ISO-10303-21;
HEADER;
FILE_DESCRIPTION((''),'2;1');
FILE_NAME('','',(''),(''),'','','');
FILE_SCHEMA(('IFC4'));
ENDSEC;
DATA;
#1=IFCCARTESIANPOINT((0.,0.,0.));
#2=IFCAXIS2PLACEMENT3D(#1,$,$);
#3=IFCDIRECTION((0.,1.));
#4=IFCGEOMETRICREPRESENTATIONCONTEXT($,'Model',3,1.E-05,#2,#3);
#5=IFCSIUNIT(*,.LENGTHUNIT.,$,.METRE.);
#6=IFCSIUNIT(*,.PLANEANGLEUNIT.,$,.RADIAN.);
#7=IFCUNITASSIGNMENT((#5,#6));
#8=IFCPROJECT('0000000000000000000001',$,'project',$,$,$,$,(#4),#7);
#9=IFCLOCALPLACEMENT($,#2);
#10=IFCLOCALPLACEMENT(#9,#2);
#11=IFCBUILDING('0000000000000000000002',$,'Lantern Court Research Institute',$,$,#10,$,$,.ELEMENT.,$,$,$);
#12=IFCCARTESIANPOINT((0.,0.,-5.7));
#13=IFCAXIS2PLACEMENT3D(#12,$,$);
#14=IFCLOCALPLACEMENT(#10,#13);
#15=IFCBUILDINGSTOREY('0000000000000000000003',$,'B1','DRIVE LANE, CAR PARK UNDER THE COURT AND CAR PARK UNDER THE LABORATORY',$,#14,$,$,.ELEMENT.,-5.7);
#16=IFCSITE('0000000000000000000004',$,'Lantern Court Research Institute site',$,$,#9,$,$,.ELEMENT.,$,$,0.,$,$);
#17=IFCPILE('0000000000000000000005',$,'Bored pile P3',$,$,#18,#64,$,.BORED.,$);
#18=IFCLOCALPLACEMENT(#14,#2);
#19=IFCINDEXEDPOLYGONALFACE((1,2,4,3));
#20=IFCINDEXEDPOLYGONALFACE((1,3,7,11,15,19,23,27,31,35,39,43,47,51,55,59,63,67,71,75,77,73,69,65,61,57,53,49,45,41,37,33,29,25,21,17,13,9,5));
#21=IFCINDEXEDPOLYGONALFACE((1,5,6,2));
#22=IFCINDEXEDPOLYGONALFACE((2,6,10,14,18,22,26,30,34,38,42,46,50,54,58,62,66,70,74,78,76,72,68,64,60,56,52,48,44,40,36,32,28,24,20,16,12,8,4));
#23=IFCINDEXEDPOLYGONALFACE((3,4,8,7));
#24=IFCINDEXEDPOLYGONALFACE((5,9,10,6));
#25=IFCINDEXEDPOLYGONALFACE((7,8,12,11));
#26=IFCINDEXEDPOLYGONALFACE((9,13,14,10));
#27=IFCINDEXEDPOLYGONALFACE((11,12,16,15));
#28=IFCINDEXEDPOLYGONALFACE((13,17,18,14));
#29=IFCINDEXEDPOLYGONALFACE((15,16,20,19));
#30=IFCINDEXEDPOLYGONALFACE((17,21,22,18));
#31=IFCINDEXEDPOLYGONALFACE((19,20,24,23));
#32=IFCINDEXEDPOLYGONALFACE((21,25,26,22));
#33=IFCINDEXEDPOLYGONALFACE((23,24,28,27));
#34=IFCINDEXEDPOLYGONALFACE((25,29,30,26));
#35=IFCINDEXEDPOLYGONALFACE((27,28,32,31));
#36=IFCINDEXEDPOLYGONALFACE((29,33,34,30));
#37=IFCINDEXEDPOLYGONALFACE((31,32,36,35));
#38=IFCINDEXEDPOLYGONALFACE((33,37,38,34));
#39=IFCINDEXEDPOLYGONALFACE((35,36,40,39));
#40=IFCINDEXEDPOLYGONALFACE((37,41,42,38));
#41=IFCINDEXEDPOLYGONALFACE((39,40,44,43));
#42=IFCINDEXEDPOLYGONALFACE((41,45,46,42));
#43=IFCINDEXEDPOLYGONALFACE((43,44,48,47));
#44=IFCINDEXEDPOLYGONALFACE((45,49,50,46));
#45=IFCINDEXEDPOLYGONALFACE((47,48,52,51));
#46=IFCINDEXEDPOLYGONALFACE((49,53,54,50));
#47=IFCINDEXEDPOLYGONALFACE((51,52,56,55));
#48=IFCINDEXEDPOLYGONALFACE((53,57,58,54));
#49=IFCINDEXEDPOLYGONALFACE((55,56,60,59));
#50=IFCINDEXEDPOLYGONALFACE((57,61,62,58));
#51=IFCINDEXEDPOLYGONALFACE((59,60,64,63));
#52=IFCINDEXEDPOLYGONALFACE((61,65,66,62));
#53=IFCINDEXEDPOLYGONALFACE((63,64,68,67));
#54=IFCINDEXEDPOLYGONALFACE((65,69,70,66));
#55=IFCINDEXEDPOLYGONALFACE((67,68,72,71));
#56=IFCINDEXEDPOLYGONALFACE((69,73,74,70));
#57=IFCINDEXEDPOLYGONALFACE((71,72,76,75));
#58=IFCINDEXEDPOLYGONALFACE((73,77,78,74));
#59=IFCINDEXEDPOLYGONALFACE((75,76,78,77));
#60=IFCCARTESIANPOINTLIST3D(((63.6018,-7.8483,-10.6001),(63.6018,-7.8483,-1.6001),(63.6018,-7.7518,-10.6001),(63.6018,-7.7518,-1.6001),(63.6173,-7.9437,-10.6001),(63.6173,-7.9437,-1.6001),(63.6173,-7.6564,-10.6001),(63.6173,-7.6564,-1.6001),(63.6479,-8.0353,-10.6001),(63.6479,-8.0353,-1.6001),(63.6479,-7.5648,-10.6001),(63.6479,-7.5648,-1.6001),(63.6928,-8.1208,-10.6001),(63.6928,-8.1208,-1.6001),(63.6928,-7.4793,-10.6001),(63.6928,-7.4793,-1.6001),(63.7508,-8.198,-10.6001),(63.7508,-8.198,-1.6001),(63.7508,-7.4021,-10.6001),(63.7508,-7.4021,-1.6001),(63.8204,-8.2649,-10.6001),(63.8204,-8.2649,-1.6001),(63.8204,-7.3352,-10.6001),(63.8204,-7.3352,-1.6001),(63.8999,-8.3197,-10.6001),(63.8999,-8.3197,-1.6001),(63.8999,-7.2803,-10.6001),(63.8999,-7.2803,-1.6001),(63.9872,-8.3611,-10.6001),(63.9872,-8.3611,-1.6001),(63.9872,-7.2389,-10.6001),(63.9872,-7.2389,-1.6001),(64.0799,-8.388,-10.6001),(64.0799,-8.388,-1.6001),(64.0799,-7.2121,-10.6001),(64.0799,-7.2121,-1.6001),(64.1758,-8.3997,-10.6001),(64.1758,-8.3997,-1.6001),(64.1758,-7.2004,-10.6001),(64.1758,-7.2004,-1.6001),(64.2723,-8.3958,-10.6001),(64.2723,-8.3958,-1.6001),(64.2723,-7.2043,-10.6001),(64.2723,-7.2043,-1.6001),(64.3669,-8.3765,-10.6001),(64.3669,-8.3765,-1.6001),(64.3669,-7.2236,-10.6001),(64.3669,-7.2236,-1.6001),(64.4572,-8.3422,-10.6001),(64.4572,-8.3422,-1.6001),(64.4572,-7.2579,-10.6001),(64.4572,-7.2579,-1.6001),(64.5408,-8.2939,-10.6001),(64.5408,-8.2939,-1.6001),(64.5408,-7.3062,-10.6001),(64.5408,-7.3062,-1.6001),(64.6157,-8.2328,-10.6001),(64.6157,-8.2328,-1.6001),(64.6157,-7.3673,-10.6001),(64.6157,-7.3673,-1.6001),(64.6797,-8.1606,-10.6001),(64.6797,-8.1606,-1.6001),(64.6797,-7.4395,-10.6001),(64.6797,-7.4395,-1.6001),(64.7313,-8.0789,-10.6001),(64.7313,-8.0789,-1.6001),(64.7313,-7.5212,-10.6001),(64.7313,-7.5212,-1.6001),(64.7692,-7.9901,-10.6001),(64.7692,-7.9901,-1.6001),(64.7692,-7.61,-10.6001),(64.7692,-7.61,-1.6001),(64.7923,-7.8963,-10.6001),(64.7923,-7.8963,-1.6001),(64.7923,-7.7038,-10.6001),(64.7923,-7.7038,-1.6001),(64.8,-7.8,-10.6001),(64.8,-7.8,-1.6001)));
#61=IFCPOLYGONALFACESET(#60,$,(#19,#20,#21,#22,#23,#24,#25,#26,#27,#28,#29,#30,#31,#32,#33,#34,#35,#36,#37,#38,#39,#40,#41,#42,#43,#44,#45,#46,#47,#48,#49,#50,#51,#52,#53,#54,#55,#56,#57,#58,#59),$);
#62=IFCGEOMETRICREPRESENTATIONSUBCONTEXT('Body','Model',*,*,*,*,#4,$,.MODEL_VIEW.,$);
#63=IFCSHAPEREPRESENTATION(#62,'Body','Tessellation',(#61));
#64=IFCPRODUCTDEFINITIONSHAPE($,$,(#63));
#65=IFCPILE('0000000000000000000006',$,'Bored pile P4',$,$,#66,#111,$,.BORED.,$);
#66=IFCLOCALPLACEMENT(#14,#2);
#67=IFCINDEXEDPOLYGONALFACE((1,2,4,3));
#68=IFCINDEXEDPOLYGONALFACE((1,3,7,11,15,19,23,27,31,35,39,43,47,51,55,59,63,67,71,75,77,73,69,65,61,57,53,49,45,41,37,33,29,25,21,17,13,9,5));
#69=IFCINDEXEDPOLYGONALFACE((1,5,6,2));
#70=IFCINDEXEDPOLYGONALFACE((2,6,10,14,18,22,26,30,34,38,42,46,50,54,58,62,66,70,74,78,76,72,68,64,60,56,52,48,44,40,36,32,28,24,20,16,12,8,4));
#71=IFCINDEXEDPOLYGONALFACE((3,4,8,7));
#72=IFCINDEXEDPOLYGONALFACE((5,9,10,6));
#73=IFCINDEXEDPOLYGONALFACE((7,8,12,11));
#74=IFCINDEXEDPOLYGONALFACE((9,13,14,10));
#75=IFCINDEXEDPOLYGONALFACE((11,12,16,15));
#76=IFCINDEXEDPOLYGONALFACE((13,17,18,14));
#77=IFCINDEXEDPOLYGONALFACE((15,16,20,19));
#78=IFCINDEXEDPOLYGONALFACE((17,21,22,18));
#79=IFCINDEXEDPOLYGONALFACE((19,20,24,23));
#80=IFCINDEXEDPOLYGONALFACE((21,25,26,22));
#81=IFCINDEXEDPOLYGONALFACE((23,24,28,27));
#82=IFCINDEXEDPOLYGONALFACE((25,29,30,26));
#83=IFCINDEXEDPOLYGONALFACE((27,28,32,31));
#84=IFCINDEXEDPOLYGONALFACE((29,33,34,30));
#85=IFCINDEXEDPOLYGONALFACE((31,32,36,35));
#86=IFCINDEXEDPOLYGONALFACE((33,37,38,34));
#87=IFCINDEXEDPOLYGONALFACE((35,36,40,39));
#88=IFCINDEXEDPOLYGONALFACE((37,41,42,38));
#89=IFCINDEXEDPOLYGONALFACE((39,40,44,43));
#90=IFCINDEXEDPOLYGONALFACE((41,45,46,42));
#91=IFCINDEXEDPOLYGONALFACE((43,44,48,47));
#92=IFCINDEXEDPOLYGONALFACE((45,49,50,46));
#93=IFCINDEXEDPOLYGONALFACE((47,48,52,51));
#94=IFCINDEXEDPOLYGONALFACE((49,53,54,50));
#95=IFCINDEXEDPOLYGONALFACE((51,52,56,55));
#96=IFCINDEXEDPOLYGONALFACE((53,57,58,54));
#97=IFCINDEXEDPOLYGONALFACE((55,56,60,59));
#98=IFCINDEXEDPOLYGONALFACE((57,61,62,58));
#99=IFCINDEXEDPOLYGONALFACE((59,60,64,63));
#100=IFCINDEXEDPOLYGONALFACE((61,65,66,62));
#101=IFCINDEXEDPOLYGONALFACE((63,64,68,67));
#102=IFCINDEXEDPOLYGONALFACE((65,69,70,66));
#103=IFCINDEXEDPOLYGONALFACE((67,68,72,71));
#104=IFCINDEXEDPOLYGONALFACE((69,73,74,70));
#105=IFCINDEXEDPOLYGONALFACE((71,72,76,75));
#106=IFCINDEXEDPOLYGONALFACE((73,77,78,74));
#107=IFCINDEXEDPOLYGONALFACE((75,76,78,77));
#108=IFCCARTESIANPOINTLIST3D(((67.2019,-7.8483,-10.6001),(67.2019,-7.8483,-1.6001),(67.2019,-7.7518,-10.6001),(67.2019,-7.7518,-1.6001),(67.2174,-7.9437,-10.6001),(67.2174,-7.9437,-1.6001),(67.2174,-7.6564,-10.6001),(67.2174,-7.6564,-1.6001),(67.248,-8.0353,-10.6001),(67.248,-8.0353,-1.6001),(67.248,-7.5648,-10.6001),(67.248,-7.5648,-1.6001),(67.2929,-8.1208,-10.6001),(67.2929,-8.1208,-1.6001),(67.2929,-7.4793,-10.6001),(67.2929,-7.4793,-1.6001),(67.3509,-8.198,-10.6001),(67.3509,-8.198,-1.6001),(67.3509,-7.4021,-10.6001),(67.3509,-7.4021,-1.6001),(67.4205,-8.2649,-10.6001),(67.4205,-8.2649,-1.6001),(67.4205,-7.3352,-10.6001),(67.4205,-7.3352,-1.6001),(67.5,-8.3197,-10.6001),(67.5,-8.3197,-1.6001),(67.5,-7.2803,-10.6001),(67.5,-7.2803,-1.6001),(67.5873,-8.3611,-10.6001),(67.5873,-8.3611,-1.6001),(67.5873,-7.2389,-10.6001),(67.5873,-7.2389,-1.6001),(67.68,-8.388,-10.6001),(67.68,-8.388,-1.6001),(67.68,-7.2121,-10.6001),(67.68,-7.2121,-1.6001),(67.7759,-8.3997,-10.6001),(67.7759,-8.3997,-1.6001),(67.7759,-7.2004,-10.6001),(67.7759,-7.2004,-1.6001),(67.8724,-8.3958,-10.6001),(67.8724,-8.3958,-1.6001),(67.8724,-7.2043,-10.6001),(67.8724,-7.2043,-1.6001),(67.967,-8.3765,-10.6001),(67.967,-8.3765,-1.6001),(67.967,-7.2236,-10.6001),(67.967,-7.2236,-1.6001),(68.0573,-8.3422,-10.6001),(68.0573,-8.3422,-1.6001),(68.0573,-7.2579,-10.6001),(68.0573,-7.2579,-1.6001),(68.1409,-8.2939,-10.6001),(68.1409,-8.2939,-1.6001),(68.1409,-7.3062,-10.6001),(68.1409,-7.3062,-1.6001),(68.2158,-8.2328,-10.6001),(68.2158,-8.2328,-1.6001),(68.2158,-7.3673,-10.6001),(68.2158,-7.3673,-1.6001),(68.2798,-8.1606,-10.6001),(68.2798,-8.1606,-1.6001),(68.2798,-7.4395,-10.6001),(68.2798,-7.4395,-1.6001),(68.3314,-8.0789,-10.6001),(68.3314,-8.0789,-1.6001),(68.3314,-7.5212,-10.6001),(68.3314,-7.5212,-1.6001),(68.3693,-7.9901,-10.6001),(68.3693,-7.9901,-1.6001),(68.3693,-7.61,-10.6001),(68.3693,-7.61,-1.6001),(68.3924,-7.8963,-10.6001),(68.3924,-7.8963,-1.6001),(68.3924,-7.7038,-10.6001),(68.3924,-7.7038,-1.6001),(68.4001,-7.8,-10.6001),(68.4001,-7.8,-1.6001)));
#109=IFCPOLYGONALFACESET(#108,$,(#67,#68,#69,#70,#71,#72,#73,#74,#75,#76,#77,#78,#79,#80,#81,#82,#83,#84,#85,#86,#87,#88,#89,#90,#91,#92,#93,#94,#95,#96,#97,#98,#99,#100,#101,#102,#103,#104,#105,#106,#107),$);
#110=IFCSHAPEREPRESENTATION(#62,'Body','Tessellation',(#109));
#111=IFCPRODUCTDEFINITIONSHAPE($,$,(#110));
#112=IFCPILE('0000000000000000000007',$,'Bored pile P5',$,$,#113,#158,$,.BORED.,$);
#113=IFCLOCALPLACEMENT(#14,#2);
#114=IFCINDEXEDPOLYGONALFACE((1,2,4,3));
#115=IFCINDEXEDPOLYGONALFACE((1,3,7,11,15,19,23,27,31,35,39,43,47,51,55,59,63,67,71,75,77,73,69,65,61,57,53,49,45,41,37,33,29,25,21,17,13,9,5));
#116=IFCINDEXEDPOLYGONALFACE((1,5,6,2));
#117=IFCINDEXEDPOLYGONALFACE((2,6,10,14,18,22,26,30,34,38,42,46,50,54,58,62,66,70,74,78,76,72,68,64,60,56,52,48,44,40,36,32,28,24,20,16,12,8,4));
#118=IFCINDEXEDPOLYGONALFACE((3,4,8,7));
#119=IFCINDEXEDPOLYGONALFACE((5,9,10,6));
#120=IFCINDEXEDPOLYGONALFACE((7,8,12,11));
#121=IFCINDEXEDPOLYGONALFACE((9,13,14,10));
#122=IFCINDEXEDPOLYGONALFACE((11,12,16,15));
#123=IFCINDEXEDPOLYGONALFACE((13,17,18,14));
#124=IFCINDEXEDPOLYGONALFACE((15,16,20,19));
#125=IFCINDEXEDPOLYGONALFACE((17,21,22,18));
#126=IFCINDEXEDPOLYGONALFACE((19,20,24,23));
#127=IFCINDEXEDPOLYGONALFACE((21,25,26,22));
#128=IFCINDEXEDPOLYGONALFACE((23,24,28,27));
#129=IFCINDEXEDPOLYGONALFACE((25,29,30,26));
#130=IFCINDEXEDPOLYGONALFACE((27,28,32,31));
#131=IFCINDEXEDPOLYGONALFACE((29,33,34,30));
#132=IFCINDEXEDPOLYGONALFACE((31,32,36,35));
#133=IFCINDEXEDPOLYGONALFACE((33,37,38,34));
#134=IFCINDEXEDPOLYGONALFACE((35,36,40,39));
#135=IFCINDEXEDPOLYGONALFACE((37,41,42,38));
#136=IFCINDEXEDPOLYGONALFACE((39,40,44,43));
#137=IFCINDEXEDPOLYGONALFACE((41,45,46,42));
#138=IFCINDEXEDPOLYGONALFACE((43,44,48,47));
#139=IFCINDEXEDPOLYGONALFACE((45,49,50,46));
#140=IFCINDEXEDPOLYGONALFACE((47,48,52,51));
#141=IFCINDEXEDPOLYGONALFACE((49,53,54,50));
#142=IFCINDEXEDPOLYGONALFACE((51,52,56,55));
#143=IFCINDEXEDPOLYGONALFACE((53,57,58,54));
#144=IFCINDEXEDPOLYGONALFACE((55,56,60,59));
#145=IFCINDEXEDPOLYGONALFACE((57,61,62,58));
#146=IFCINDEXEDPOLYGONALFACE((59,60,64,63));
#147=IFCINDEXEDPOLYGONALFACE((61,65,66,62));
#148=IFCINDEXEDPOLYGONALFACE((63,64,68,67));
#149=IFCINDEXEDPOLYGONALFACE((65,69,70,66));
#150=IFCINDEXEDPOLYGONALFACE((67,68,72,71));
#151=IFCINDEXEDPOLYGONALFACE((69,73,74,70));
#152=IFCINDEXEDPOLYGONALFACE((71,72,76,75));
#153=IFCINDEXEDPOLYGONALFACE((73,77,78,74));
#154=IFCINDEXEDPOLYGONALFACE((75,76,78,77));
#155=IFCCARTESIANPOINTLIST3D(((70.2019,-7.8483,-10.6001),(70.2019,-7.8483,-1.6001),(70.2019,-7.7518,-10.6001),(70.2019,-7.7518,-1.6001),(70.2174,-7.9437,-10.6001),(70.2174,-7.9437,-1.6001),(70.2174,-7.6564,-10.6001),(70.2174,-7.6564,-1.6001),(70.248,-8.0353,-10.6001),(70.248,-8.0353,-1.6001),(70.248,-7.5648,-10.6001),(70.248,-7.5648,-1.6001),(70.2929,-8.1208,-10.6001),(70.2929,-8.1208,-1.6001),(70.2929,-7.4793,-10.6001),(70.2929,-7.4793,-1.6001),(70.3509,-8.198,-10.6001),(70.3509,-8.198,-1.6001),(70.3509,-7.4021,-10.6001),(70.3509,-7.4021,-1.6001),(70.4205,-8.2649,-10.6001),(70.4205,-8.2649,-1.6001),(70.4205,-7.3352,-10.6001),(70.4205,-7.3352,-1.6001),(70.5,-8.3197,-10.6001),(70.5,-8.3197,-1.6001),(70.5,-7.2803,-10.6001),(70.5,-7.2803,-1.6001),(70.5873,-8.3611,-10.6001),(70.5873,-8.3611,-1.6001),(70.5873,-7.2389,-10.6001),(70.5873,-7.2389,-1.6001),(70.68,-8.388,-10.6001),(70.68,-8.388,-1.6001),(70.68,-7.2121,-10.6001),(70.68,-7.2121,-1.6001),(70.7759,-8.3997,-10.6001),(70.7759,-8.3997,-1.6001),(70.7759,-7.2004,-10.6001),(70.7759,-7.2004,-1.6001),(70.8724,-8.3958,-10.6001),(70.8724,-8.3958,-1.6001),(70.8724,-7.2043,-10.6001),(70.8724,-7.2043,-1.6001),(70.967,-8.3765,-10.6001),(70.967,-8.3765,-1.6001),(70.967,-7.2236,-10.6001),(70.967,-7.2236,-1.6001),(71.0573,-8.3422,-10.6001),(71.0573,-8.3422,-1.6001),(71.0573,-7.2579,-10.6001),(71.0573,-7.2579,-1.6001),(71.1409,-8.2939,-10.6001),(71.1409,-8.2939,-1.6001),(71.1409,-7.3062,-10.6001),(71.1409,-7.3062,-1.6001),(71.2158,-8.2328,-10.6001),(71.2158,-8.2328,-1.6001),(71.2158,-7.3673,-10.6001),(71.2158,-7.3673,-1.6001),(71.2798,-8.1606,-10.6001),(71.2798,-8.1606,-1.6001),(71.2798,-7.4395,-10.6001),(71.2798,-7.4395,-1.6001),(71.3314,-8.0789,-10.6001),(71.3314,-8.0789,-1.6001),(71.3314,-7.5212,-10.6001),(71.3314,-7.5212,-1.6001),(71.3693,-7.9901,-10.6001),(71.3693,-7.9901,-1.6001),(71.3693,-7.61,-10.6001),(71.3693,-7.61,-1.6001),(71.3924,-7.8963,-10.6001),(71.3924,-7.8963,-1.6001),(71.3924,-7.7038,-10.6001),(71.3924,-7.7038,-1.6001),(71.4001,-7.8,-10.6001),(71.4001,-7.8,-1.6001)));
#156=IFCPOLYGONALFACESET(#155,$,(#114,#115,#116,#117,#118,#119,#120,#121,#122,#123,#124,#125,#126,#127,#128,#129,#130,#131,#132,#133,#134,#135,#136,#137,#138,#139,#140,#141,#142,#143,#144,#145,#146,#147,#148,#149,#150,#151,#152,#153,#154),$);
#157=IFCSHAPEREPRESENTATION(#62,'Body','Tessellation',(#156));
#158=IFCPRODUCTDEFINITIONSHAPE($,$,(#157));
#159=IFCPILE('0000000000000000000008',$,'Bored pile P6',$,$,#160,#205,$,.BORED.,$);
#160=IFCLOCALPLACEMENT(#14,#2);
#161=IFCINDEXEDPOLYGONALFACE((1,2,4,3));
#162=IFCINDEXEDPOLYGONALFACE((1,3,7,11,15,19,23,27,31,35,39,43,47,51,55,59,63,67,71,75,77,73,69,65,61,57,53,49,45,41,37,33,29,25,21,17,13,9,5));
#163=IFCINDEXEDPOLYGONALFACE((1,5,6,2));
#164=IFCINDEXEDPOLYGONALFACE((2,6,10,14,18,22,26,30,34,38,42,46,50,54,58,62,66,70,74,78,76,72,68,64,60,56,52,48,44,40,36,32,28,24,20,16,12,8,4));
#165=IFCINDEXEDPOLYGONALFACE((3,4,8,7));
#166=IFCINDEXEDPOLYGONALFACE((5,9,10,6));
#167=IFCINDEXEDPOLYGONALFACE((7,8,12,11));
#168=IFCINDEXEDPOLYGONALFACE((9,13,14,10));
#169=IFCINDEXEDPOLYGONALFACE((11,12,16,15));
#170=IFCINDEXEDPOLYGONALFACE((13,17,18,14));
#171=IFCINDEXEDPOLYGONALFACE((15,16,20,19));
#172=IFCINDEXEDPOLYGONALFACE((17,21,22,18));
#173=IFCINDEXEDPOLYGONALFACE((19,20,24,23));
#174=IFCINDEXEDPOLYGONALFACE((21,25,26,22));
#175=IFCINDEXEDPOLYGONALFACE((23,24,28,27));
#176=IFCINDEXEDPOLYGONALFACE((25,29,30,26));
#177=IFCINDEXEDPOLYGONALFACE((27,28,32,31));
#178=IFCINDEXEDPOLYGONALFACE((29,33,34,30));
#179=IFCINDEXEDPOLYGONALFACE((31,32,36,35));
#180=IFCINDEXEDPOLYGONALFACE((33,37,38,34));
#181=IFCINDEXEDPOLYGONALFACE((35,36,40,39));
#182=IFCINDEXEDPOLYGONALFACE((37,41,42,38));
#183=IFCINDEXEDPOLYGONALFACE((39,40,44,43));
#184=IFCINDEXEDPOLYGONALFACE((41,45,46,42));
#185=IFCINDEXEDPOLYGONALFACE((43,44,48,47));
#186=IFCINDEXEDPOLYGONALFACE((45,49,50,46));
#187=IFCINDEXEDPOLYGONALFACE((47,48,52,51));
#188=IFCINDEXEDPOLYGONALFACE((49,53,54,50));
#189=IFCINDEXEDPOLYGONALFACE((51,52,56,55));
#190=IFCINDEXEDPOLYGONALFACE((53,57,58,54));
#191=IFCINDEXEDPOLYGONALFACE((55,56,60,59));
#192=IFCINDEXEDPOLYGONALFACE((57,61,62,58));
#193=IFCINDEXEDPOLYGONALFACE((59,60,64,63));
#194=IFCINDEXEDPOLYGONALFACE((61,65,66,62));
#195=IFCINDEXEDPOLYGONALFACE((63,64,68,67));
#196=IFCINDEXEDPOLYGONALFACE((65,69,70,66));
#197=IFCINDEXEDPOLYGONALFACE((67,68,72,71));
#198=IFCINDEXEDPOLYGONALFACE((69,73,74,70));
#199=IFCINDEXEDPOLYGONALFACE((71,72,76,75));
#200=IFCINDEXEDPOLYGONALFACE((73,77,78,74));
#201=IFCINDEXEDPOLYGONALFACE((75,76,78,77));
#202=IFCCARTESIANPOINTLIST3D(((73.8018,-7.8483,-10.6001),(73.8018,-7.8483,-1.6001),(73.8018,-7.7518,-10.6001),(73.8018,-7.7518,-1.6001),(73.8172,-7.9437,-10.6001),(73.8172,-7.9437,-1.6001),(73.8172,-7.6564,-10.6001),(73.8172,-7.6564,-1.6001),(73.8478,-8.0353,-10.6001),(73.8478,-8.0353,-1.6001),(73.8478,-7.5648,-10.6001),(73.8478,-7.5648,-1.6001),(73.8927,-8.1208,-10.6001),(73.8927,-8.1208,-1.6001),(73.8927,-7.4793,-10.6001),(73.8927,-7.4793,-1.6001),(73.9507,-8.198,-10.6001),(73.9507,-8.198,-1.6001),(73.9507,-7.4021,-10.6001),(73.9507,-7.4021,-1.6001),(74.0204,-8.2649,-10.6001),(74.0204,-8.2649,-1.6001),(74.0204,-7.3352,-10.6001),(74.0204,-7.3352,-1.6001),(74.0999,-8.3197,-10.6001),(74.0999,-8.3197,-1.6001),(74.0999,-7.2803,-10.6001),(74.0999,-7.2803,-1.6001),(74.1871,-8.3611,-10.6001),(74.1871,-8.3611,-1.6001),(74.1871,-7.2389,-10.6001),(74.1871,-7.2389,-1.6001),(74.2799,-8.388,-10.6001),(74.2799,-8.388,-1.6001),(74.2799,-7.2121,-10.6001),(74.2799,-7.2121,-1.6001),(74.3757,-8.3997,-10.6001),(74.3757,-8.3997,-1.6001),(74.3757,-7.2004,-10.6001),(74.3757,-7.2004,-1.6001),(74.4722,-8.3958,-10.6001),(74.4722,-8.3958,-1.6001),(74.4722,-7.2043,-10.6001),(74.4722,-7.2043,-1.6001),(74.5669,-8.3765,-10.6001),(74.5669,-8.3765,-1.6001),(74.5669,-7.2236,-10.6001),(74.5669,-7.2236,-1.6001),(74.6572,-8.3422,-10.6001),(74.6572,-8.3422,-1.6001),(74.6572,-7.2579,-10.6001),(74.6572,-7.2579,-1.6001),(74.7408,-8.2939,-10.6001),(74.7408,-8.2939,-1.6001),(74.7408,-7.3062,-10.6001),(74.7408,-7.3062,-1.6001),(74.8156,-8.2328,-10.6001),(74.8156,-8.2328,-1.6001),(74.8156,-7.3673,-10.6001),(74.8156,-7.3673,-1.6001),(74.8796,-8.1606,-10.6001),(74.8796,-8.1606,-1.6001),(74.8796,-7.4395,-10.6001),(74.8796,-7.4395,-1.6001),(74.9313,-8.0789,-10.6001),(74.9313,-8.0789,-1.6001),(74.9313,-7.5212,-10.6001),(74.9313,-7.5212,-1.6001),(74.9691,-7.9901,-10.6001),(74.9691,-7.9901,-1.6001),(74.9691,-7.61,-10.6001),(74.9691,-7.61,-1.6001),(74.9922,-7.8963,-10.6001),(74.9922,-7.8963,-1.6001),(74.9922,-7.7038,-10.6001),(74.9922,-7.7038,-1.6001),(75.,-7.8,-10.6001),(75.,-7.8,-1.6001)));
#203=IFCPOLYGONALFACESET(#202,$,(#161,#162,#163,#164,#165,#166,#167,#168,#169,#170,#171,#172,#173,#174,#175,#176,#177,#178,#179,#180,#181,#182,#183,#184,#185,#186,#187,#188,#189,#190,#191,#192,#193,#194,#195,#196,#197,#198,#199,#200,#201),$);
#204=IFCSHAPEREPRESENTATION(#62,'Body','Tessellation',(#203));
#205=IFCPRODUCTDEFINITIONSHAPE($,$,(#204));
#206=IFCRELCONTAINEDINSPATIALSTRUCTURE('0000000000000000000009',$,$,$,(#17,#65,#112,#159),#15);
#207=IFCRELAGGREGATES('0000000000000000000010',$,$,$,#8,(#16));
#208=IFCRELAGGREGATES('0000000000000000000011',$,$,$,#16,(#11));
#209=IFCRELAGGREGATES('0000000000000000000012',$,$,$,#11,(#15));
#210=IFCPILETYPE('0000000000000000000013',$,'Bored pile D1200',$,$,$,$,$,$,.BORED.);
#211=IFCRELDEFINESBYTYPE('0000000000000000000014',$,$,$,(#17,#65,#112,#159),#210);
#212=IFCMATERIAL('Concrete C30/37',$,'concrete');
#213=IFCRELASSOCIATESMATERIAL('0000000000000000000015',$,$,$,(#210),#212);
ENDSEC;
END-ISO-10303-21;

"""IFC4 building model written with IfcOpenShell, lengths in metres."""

from ifc_helpers import new_model, si_unit, direction, frame, origin, origin_2d, place, context, subcontext, project, spatial, circle, extrude, material, material_profile, profile_set, type_object, element, save


model = new_model("IFC4")

# Units and contexts
model_context = context("Model", 3, precision=1e-05, world=origin(), true_north=direction((0.0, 1.0)))
body_context = subcontext(model_context, "Body", "Model", "MODEL_VIEW")
ifc_project = project(units=[si_unit("LENGTHUNIT", "METRE"), si_unit("PLANEANGLEUNIT", "RADIAN")], contexts=[model_context])

# Site, building, storey
site_placement = place(None, origin())
site = spatial("IfcSite", under=ifc_project, at=site_placement, Name="Lantern Court Research Institute site", CompositionType="ELEMENT", RefElevation=0.0)
building_placement = place(site_placement, origin())
building = spatial("IfcBuilding", under=site, at=building_placement, Name="Lantern Court Research Institute", CompositionType="ELEMENT")
storey_placement = place(building_placement, frame((0.0, 0.0, -5.7)))
storey = spatial("IfcBuildingStorey", under=building, at=storey_placement, Name="B1", Description="DRIVE LANE, CAR PARK UNDER THE COURT AND CAR PARK UNDER THE LABORATORY", CompositionType="ELEMENT", Elevation=-5.7)

# Piles
ifc_material_1 = material(Name="Concrete C30/37", Category="concrete")
ifc_material_profile_1 = material_profile(ifc_material_1, circle(Radius=0.6001, at=origin_2d()), Name="Bored pile D1200")
ifc_profile_set_1 = profile_set([ifc_material_profile_1], Name="Concrete C30/37")
pile_type_1 = type_object("IfcPileType", Name="Bored pile D1200", PredefinedType="BORED", material=ifc_profile_set_1)
for number, where, z_axis, x_axis, name in (
    (1, (64.2, -7.8, -1.6001), (0.0, 0.0, -1.0), (1.0, 0.0, 0.0), "Bored pile P3"),
    (2, (67.8, -7.8, -1.6001), (0.0, 0.0, -1.0), (1.0, 0.0, 0.0), "Bored pile P4"),
    (3, (70.8, -7.8, -1.6001), (0.0, 0.0, -1.0), (1.0, 0.0, 0.0), "Bored pile P5"),
    (4, (74.3999, -7.8, -1.6001), (0.0, 0.0, -1.0), (1.0, 0.0, 0.0), "Bored pile P6"),
):
    element("IfcPile", number, at=place(storey_placement, frame(where, z_axis=z_axis, x_axis=x_axis)), inside=storey, type_object=pile_type_1, Name=name, PredefinedType="BORED", context=body_context, shape_type="SweptSolid", body=[
        extrude(circle(Radius=0.6001, at=origin_2d()), origin(), (0.0, 0.0, 1.0), 9.0),
    ])

save(model, "model.ifc")
